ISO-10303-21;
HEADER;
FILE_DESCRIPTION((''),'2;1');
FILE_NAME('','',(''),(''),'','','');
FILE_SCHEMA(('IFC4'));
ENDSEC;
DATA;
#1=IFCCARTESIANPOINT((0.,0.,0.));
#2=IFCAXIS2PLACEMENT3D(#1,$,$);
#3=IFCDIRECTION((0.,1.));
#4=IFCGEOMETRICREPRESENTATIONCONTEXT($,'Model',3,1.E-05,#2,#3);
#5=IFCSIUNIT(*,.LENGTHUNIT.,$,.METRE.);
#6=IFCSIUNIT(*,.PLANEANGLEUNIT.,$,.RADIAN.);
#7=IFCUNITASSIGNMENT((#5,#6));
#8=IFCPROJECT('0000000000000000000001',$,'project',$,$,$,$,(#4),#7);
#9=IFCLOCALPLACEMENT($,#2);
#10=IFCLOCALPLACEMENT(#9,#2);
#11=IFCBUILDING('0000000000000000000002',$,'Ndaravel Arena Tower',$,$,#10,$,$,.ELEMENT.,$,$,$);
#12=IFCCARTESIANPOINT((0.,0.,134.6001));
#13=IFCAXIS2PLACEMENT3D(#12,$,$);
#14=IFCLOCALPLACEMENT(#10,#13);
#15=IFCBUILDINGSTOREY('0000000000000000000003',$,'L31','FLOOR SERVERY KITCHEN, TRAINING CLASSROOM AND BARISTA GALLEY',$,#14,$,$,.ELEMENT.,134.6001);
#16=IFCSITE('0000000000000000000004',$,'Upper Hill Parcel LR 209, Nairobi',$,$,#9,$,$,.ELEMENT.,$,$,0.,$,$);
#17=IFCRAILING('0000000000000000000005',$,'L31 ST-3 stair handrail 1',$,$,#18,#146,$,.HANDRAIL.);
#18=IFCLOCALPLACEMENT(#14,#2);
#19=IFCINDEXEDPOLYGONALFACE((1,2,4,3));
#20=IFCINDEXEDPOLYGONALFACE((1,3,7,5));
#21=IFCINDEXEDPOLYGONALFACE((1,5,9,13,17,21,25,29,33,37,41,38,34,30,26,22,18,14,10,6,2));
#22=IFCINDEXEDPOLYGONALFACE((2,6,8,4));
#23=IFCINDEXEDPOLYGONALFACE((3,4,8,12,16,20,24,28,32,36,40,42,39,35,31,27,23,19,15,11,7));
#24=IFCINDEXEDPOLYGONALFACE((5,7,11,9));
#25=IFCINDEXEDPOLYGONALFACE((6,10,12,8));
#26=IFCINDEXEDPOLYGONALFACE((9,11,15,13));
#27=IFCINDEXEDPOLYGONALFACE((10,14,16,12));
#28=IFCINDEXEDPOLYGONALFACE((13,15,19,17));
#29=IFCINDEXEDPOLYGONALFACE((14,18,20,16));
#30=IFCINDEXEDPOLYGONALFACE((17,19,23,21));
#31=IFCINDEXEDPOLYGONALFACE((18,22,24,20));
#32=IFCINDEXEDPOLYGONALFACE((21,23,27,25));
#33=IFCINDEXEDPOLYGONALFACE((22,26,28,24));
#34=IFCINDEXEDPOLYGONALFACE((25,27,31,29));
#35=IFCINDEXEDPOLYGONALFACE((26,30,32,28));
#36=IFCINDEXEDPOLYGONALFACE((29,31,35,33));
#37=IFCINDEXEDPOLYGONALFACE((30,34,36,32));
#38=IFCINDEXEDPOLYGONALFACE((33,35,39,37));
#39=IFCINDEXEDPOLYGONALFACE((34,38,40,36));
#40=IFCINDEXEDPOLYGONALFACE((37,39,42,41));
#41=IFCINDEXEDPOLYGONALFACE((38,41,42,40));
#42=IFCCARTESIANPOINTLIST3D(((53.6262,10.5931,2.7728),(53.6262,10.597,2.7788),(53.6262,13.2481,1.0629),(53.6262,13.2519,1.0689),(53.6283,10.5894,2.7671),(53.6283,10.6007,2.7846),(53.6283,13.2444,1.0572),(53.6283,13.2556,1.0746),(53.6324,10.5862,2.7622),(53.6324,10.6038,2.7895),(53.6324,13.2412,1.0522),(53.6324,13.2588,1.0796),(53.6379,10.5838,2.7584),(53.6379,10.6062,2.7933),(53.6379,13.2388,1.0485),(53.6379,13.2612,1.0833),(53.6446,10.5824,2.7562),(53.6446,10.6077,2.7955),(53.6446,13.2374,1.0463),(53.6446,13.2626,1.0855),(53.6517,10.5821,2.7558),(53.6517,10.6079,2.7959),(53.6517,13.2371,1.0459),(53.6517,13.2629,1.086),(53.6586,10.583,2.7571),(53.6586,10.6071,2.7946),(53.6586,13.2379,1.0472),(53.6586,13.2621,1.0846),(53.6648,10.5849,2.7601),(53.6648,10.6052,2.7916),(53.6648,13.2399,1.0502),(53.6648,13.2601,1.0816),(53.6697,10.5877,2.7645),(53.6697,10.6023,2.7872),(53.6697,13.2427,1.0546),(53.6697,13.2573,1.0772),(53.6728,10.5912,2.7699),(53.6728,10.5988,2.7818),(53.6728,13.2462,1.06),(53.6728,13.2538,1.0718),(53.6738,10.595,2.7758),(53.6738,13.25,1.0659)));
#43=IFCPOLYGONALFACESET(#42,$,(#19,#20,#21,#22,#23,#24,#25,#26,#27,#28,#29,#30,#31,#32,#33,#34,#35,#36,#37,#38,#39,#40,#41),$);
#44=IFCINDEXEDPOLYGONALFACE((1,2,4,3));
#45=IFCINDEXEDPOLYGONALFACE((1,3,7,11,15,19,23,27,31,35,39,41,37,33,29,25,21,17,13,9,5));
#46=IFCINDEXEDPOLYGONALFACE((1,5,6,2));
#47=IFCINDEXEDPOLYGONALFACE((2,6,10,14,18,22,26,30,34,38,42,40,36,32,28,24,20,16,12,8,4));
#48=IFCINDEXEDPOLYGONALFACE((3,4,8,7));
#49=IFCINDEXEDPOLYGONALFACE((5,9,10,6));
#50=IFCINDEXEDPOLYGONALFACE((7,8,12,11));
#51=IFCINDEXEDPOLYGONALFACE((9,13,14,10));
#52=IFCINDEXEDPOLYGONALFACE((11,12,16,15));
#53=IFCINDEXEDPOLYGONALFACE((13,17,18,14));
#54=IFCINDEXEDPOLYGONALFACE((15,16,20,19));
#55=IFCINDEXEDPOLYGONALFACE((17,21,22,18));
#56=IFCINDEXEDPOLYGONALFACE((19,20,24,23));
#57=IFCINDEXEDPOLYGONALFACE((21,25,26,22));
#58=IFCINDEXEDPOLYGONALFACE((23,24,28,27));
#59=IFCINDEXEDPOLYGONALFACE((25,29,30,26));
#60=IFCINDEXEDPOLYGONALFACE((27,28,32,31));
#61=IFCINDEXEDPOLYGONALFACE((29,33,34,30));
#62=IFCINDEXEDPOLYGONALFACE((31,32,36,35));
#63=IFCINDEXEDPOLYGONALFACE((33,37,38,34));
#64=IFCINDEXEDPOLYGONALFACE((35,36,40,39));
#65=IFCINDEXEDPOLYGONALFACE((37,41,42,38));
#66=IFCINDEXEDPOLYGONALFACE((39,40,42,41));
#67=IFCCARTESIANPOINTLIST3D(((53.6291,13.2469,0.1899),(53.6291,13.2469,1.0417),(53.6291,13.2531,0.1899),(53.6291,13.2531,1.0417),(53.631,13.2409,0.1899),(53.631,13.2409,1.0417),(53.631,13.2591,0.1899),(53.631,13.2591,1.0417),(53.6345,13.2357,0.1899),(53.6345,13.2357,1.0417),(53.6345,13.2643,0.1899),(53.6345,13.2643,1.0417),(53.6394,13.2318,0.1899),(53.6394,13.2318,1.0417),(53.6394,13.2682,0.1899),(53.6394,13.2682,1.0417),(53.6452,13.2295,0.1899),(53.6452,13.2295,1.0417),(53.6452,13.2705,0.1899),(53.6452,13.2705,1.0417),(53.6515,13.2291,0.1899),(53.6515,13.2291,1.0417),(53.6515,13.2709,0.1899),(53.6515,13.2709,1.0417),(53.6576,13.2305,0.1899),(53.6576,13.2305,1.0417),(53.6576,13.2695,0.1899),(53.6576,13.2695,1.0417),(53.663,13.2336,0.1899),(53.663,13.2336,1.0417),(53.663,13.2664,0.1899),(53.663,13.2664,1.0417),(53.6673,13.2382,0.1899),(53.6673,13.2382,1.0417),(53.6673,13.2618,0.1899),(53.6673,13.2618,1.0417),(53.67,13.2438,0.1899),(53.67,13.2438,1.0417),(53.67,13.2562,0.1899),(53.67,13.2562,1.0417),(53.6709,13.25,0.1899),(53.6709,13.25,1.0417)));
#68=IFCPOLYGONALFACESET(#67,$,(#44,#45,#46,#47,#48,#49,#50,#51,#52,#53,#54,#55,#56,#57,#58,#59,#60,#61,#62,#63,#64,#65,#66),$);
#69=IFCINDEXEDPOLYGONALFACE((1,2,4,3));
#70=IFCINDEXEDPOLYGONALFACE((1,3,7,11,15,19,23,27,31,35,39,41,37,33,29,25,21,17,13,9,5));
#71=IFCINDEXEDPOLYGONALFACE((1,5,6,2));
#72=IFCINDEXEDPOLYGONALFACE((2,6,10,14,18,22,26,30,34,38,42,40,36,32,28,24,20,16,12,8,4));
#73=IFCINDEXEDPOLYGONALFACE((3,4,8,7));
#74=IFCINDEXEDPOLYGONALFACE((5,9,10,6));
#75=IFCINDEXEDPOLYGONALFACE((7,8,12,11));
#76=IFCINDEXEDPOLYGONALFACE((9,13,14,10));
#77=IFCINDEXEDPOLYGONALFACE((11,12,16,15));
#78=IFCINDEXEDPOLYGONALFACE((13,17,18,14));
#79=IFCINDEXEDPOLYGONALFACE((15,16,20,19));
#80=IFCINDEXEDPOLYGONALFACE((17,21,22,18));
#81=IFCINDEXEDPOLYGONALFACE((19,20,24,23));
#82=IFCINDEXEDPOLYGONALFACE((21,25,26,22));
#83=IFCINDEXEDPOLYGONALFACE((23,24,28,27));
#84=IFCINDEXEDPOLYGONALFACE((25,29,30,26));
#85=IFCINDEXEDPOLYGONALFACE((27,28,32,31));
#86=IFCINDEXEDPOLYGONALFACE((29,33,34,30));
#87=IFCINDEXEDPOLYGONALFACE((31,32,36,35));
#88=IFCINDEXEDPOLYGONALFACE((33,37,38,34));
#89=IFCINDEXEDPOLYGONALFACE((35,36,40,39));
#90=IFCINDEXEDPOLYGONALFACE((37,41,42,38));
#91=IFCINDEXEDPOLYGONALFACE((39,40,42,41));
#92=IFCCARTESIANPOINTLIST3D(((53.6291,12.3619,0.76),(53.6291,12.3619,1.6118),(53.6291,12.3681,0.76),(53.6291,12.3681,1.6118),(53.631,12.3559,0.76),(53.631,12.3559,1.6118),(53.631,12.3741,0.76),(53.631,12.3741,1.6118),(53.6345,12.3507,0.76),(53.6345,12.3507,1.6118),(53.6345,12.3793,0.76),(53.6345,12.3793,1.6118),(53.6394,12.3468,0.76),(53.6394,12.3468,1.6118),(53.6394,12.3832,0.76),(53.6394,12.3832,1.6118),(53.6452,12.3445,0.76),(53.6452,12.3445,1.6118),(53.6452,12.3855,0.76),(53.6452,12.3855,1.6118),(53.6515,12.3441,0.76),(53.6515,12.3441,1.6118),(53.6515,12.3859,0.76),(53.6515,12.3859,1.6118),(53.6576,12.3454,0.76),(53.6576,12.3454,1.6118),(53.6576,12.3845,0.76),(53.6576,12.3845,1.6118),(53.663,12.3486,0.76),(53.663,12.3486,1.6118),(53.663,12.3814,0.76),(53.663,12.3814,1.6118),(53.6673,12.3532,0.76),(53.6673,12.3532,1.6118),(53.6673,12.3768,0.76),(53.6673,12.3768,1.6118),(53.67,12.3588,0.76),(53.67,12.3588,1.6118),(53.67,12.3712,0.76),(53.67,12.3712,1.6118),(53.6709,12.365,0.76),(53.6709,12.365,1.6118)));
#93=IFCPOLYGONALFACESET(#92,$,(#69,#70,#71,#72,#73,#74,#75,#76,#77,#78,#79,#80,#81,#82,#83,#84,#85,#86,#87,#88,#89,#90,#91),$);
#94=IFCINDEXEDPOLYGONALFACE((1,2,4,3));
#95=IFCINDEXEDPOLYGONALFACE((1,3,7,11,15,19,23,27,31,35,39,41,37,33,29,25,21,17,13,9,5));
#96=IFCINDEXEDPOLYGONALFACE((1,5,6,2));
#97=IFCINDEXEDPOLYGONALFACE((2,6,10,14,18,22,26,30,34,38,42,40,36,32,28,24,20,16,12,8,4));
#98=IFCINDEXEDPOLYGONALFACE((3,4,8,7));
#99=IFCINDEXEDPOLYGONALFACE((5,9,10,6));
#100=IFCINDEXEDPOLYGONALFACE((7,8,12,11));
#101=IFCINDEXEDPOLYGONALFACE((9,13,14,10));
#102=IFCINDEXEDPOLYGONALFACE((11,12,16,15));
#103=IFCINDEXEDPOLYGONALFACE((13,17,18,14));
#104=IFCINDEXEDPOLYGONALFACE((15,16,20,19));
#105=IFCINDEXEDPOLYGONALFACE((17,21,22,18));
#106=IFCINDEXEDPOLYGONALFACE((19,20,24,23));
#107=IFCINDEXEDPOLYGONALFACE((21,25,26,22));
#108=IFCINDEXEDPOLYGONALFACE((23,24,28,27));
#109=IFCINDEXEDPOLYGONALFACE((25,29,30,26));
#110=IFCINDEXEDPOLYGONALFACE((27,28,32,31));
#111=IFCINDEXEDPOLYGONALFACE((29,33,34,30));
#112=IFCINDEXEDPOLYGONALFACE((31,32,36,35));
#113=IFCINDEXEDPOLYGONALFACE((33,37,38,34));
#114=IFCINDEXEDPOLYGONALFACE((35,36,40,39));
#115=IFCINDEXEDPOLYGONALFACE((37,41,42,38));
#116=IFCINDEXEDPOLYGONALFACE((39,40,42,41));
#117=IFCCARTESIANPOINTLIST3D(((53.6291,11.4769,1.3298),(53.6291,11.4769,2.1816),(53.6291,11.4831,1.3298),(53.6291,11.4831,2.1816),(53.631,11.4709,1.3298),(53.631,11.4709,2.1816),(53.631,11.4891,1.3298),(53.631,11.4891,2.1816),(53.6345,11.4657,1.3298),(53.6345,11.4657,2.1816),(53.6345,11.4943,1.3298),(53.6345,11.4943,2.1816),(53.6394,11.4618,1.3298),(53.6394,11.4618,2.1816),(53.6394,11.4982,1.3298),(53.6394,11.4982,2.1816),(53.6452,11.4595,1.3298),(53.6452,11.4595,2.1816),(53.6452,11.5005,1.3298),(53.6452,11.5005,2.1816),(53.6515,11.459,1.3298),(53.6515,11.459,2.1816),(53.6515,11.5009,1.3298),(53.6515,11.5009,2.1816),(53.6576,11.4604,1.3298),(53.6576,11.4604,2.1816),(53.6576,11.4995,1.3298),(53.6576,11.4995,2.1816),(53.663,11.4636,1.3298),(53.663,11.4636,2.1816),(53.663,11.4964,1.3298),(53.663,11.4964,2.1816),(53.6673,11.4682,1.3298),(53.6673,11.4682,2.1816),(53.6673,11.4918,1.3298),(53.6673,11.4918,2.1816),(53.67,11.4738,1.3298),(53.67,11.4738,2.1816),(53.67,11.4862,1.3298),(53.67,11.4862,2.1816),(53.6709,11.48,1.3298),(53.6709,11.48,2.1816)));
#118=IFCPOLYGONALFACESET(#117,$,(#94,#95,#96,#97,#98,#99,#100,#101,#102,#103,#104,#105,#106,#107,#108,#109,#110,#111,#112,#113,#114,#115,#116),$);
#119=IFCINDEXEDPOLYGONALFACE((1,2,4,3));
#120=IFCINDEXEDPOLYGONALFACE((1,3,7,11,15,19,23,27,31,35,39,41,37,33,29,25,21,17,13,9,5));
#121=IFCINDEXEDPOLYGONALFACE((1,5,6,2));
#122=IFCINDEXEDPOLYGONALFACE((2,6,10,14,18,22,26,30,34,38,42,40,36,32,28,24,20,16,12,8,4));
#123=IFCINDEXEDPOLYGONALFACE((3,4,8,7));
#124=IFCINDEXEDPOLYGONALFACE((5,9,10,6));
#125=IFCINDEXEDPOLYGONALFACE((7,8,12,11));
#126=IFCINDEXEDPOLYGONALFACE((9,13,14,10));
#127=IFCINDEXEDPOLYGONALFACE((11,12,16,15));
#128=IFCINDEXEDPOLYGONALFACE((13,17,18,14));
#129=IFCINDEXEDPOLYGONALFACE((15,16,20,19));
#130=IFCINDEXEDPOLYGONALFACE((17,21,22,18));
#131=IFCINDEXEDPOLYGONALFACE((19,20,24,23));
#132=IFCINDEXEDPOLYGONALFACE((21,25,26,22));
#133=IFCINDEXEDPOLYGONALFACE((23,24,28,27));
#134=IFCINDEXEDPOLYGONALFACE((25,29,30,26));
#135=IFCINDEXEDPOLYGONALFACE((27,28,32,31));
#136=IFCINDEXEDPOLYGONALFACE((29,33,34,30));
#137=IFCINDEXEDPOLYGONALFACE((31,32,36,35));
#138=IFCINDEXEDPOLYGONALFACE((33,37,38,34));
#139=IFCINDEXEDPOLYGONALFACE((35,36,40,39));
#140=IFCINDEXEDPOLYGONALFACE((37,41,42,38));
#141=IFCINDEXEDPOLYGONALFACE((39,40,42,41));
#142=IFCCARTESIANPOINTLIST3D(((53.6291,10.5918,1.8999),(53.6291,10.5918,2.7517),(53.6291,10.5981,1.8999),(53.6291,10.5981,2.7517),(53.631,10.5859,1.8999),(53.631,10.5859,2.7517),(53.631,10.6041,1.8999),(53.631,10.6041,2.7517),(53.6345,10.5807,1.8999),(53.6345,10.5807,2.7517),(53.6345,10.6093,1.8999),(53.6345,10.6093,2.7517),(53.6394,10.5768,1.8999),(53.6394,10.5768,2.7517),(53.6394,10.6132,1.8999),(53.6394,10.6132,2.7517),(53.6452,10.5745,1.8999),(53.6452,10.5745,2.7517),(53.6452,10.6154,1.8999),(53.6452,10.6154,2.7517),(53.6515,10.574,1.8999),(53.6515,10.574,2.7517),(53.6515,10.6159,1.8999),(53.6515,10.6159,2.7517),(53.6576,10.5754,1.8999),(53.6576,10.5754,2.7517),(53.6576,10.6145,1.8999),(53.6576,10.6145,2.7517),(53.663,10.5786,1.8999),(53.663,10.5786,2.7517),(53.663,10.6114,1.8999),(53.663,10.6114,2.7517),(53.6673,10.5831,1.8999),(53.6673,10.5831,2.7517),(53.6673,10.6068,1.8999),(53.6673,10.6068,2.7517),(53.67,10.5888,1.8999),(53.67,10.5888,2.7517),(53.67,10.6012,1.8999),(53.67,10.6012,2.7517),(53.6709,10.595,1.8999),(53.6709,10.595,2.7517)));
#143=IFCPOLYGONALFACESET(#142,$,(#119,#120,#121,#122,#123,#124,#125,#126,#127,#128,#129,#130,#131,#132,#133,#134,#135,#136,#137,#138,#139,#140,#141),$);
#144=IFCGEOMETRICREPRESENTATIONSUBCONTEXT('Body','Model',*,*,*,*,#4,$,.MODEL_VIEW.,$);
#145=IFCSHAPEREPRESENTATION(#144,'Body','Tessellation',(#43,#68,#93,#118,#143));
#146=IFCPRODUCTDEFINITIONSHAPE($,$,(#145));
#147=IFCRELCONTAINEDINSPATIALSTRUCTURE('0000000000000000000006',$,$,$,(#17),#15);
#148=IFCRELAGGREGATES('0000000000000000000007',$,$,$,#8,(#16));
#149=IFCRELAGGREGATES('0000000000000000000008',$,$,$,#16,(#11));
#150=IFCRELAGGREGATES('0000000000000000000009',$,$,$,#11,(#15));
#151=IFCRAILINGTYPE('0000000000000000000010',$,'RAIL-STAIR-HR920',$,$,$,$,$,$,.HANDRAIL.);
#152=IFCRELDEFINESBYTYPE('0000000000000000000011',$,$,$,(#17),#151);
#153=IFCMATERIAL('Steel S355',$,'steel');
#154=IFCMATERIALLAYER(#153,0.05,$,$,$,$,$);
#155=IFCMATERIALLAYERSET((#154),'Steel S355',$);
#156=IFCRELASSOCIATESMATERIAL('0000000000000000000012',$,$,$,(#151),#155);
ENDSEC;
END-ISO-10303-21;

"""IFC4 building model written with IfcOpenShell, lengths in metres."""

from ifc_helpers import new_model, si_unit, direction, frame, origin, origin_2d, place, context, subcontext, project, spatial, circle, extrude, material, layer, layer_set, type_object, element, save


model = new_model("IFC4")

# Units and contexts
model_context = context("Model", 3, precision=1e-05, world=origin(), true_north=direction((0.0, 1.0)))
body_context = subcontext(model_context, "Body", "Model", "MODEL_VIEW")
ifc_project = project(units=[si_unit("LENGTHUNIT", "METRE"), si_unit("PLANEANGLEUNIT", "RADIAN")], contexts=[model_context])

# Site, building, storey
site_placement = place(None, origin())
site = spatial("IfcSite", under=ifc_project, at=site_placement, Name="Upper Hill Parcel LR 209, Nairobi", CompositionType="ELEMENT", RefElevation=0.0)
building_placement = place(site_placement, origin())
building = spatial("IfcBuilding", under=site, at=building_placement, Name="Ndaravel Arena Tower", CompositionType="ELEMENT")
storey_placement = place(building_placement, frame((0.0, 0.0, 134.6001)))
storey = spatial("IfcBuildingStorey", under=building, at=storey_placement, Name="L31", Description="FLOOR SERVERY KITCHEN, TRAINING CLASSROOM AND BARISTA GALLEY", CompositionType="ELEMENT", Elevation=134.6001)

# Railing
ifc_material_1 = material(Name="Steel S355", Category="steel")
ifc_layer_1 = layer(ifc_material_1, 0.05)
ifc_layer_set_1 = layer_set([ifc_layer_1], Name="Steel S355")
railing_type_1 = type_object("IfcRailingType", Name="RAIL-STAIR-HR920", PredefinedType="HANDRAIL", material=ifc_layer_set_1)
railing_1_placement = place(storey_placement, frame((53.6499, 13.25, 0.1899)))
element("IfcRailing", 1, at=railing_1_placement, inside=storey, type_object=railing_type_1, Name="L31 ST-3 stair handrail 1", PredefinedType="HANDRAIL", context=body_context, shape_type="SweptSolid", body=[
    extrude(circle(Radius=0.0239, at=origin_2d()), frame((0.0, 0.0, 0.876), z_axis=(0.0, -0.840724, 0.541465), x_axis=(1.0, 0.0, 0.0)), (0.0, 0.0, 1.0), 3.158),
    extrude(circle(Radius=0.021, at=origin_2d()), origin(), (0.0, 0.0, 1.0), 0.8518),
    extrude(circle(Radius=0.021, at=origin_2d()), frame((0.0, -0.885, 0.5701)), (0.0, 0.0, 1.0), 0.8518),
    extrude(circle(Radius=0.021, at=origin_2d()), frame((0.0, -1.77, 1.1399)), (0.0, 0.0, 1.0), 0.8518),
    extrude(circle(Radius=0.021, at=origin_2d()), frame((0.0, -2.655, 1.71)), (0.0, 0.0, 1.0), 0.8518),
])

save(model, "model.ifc")
